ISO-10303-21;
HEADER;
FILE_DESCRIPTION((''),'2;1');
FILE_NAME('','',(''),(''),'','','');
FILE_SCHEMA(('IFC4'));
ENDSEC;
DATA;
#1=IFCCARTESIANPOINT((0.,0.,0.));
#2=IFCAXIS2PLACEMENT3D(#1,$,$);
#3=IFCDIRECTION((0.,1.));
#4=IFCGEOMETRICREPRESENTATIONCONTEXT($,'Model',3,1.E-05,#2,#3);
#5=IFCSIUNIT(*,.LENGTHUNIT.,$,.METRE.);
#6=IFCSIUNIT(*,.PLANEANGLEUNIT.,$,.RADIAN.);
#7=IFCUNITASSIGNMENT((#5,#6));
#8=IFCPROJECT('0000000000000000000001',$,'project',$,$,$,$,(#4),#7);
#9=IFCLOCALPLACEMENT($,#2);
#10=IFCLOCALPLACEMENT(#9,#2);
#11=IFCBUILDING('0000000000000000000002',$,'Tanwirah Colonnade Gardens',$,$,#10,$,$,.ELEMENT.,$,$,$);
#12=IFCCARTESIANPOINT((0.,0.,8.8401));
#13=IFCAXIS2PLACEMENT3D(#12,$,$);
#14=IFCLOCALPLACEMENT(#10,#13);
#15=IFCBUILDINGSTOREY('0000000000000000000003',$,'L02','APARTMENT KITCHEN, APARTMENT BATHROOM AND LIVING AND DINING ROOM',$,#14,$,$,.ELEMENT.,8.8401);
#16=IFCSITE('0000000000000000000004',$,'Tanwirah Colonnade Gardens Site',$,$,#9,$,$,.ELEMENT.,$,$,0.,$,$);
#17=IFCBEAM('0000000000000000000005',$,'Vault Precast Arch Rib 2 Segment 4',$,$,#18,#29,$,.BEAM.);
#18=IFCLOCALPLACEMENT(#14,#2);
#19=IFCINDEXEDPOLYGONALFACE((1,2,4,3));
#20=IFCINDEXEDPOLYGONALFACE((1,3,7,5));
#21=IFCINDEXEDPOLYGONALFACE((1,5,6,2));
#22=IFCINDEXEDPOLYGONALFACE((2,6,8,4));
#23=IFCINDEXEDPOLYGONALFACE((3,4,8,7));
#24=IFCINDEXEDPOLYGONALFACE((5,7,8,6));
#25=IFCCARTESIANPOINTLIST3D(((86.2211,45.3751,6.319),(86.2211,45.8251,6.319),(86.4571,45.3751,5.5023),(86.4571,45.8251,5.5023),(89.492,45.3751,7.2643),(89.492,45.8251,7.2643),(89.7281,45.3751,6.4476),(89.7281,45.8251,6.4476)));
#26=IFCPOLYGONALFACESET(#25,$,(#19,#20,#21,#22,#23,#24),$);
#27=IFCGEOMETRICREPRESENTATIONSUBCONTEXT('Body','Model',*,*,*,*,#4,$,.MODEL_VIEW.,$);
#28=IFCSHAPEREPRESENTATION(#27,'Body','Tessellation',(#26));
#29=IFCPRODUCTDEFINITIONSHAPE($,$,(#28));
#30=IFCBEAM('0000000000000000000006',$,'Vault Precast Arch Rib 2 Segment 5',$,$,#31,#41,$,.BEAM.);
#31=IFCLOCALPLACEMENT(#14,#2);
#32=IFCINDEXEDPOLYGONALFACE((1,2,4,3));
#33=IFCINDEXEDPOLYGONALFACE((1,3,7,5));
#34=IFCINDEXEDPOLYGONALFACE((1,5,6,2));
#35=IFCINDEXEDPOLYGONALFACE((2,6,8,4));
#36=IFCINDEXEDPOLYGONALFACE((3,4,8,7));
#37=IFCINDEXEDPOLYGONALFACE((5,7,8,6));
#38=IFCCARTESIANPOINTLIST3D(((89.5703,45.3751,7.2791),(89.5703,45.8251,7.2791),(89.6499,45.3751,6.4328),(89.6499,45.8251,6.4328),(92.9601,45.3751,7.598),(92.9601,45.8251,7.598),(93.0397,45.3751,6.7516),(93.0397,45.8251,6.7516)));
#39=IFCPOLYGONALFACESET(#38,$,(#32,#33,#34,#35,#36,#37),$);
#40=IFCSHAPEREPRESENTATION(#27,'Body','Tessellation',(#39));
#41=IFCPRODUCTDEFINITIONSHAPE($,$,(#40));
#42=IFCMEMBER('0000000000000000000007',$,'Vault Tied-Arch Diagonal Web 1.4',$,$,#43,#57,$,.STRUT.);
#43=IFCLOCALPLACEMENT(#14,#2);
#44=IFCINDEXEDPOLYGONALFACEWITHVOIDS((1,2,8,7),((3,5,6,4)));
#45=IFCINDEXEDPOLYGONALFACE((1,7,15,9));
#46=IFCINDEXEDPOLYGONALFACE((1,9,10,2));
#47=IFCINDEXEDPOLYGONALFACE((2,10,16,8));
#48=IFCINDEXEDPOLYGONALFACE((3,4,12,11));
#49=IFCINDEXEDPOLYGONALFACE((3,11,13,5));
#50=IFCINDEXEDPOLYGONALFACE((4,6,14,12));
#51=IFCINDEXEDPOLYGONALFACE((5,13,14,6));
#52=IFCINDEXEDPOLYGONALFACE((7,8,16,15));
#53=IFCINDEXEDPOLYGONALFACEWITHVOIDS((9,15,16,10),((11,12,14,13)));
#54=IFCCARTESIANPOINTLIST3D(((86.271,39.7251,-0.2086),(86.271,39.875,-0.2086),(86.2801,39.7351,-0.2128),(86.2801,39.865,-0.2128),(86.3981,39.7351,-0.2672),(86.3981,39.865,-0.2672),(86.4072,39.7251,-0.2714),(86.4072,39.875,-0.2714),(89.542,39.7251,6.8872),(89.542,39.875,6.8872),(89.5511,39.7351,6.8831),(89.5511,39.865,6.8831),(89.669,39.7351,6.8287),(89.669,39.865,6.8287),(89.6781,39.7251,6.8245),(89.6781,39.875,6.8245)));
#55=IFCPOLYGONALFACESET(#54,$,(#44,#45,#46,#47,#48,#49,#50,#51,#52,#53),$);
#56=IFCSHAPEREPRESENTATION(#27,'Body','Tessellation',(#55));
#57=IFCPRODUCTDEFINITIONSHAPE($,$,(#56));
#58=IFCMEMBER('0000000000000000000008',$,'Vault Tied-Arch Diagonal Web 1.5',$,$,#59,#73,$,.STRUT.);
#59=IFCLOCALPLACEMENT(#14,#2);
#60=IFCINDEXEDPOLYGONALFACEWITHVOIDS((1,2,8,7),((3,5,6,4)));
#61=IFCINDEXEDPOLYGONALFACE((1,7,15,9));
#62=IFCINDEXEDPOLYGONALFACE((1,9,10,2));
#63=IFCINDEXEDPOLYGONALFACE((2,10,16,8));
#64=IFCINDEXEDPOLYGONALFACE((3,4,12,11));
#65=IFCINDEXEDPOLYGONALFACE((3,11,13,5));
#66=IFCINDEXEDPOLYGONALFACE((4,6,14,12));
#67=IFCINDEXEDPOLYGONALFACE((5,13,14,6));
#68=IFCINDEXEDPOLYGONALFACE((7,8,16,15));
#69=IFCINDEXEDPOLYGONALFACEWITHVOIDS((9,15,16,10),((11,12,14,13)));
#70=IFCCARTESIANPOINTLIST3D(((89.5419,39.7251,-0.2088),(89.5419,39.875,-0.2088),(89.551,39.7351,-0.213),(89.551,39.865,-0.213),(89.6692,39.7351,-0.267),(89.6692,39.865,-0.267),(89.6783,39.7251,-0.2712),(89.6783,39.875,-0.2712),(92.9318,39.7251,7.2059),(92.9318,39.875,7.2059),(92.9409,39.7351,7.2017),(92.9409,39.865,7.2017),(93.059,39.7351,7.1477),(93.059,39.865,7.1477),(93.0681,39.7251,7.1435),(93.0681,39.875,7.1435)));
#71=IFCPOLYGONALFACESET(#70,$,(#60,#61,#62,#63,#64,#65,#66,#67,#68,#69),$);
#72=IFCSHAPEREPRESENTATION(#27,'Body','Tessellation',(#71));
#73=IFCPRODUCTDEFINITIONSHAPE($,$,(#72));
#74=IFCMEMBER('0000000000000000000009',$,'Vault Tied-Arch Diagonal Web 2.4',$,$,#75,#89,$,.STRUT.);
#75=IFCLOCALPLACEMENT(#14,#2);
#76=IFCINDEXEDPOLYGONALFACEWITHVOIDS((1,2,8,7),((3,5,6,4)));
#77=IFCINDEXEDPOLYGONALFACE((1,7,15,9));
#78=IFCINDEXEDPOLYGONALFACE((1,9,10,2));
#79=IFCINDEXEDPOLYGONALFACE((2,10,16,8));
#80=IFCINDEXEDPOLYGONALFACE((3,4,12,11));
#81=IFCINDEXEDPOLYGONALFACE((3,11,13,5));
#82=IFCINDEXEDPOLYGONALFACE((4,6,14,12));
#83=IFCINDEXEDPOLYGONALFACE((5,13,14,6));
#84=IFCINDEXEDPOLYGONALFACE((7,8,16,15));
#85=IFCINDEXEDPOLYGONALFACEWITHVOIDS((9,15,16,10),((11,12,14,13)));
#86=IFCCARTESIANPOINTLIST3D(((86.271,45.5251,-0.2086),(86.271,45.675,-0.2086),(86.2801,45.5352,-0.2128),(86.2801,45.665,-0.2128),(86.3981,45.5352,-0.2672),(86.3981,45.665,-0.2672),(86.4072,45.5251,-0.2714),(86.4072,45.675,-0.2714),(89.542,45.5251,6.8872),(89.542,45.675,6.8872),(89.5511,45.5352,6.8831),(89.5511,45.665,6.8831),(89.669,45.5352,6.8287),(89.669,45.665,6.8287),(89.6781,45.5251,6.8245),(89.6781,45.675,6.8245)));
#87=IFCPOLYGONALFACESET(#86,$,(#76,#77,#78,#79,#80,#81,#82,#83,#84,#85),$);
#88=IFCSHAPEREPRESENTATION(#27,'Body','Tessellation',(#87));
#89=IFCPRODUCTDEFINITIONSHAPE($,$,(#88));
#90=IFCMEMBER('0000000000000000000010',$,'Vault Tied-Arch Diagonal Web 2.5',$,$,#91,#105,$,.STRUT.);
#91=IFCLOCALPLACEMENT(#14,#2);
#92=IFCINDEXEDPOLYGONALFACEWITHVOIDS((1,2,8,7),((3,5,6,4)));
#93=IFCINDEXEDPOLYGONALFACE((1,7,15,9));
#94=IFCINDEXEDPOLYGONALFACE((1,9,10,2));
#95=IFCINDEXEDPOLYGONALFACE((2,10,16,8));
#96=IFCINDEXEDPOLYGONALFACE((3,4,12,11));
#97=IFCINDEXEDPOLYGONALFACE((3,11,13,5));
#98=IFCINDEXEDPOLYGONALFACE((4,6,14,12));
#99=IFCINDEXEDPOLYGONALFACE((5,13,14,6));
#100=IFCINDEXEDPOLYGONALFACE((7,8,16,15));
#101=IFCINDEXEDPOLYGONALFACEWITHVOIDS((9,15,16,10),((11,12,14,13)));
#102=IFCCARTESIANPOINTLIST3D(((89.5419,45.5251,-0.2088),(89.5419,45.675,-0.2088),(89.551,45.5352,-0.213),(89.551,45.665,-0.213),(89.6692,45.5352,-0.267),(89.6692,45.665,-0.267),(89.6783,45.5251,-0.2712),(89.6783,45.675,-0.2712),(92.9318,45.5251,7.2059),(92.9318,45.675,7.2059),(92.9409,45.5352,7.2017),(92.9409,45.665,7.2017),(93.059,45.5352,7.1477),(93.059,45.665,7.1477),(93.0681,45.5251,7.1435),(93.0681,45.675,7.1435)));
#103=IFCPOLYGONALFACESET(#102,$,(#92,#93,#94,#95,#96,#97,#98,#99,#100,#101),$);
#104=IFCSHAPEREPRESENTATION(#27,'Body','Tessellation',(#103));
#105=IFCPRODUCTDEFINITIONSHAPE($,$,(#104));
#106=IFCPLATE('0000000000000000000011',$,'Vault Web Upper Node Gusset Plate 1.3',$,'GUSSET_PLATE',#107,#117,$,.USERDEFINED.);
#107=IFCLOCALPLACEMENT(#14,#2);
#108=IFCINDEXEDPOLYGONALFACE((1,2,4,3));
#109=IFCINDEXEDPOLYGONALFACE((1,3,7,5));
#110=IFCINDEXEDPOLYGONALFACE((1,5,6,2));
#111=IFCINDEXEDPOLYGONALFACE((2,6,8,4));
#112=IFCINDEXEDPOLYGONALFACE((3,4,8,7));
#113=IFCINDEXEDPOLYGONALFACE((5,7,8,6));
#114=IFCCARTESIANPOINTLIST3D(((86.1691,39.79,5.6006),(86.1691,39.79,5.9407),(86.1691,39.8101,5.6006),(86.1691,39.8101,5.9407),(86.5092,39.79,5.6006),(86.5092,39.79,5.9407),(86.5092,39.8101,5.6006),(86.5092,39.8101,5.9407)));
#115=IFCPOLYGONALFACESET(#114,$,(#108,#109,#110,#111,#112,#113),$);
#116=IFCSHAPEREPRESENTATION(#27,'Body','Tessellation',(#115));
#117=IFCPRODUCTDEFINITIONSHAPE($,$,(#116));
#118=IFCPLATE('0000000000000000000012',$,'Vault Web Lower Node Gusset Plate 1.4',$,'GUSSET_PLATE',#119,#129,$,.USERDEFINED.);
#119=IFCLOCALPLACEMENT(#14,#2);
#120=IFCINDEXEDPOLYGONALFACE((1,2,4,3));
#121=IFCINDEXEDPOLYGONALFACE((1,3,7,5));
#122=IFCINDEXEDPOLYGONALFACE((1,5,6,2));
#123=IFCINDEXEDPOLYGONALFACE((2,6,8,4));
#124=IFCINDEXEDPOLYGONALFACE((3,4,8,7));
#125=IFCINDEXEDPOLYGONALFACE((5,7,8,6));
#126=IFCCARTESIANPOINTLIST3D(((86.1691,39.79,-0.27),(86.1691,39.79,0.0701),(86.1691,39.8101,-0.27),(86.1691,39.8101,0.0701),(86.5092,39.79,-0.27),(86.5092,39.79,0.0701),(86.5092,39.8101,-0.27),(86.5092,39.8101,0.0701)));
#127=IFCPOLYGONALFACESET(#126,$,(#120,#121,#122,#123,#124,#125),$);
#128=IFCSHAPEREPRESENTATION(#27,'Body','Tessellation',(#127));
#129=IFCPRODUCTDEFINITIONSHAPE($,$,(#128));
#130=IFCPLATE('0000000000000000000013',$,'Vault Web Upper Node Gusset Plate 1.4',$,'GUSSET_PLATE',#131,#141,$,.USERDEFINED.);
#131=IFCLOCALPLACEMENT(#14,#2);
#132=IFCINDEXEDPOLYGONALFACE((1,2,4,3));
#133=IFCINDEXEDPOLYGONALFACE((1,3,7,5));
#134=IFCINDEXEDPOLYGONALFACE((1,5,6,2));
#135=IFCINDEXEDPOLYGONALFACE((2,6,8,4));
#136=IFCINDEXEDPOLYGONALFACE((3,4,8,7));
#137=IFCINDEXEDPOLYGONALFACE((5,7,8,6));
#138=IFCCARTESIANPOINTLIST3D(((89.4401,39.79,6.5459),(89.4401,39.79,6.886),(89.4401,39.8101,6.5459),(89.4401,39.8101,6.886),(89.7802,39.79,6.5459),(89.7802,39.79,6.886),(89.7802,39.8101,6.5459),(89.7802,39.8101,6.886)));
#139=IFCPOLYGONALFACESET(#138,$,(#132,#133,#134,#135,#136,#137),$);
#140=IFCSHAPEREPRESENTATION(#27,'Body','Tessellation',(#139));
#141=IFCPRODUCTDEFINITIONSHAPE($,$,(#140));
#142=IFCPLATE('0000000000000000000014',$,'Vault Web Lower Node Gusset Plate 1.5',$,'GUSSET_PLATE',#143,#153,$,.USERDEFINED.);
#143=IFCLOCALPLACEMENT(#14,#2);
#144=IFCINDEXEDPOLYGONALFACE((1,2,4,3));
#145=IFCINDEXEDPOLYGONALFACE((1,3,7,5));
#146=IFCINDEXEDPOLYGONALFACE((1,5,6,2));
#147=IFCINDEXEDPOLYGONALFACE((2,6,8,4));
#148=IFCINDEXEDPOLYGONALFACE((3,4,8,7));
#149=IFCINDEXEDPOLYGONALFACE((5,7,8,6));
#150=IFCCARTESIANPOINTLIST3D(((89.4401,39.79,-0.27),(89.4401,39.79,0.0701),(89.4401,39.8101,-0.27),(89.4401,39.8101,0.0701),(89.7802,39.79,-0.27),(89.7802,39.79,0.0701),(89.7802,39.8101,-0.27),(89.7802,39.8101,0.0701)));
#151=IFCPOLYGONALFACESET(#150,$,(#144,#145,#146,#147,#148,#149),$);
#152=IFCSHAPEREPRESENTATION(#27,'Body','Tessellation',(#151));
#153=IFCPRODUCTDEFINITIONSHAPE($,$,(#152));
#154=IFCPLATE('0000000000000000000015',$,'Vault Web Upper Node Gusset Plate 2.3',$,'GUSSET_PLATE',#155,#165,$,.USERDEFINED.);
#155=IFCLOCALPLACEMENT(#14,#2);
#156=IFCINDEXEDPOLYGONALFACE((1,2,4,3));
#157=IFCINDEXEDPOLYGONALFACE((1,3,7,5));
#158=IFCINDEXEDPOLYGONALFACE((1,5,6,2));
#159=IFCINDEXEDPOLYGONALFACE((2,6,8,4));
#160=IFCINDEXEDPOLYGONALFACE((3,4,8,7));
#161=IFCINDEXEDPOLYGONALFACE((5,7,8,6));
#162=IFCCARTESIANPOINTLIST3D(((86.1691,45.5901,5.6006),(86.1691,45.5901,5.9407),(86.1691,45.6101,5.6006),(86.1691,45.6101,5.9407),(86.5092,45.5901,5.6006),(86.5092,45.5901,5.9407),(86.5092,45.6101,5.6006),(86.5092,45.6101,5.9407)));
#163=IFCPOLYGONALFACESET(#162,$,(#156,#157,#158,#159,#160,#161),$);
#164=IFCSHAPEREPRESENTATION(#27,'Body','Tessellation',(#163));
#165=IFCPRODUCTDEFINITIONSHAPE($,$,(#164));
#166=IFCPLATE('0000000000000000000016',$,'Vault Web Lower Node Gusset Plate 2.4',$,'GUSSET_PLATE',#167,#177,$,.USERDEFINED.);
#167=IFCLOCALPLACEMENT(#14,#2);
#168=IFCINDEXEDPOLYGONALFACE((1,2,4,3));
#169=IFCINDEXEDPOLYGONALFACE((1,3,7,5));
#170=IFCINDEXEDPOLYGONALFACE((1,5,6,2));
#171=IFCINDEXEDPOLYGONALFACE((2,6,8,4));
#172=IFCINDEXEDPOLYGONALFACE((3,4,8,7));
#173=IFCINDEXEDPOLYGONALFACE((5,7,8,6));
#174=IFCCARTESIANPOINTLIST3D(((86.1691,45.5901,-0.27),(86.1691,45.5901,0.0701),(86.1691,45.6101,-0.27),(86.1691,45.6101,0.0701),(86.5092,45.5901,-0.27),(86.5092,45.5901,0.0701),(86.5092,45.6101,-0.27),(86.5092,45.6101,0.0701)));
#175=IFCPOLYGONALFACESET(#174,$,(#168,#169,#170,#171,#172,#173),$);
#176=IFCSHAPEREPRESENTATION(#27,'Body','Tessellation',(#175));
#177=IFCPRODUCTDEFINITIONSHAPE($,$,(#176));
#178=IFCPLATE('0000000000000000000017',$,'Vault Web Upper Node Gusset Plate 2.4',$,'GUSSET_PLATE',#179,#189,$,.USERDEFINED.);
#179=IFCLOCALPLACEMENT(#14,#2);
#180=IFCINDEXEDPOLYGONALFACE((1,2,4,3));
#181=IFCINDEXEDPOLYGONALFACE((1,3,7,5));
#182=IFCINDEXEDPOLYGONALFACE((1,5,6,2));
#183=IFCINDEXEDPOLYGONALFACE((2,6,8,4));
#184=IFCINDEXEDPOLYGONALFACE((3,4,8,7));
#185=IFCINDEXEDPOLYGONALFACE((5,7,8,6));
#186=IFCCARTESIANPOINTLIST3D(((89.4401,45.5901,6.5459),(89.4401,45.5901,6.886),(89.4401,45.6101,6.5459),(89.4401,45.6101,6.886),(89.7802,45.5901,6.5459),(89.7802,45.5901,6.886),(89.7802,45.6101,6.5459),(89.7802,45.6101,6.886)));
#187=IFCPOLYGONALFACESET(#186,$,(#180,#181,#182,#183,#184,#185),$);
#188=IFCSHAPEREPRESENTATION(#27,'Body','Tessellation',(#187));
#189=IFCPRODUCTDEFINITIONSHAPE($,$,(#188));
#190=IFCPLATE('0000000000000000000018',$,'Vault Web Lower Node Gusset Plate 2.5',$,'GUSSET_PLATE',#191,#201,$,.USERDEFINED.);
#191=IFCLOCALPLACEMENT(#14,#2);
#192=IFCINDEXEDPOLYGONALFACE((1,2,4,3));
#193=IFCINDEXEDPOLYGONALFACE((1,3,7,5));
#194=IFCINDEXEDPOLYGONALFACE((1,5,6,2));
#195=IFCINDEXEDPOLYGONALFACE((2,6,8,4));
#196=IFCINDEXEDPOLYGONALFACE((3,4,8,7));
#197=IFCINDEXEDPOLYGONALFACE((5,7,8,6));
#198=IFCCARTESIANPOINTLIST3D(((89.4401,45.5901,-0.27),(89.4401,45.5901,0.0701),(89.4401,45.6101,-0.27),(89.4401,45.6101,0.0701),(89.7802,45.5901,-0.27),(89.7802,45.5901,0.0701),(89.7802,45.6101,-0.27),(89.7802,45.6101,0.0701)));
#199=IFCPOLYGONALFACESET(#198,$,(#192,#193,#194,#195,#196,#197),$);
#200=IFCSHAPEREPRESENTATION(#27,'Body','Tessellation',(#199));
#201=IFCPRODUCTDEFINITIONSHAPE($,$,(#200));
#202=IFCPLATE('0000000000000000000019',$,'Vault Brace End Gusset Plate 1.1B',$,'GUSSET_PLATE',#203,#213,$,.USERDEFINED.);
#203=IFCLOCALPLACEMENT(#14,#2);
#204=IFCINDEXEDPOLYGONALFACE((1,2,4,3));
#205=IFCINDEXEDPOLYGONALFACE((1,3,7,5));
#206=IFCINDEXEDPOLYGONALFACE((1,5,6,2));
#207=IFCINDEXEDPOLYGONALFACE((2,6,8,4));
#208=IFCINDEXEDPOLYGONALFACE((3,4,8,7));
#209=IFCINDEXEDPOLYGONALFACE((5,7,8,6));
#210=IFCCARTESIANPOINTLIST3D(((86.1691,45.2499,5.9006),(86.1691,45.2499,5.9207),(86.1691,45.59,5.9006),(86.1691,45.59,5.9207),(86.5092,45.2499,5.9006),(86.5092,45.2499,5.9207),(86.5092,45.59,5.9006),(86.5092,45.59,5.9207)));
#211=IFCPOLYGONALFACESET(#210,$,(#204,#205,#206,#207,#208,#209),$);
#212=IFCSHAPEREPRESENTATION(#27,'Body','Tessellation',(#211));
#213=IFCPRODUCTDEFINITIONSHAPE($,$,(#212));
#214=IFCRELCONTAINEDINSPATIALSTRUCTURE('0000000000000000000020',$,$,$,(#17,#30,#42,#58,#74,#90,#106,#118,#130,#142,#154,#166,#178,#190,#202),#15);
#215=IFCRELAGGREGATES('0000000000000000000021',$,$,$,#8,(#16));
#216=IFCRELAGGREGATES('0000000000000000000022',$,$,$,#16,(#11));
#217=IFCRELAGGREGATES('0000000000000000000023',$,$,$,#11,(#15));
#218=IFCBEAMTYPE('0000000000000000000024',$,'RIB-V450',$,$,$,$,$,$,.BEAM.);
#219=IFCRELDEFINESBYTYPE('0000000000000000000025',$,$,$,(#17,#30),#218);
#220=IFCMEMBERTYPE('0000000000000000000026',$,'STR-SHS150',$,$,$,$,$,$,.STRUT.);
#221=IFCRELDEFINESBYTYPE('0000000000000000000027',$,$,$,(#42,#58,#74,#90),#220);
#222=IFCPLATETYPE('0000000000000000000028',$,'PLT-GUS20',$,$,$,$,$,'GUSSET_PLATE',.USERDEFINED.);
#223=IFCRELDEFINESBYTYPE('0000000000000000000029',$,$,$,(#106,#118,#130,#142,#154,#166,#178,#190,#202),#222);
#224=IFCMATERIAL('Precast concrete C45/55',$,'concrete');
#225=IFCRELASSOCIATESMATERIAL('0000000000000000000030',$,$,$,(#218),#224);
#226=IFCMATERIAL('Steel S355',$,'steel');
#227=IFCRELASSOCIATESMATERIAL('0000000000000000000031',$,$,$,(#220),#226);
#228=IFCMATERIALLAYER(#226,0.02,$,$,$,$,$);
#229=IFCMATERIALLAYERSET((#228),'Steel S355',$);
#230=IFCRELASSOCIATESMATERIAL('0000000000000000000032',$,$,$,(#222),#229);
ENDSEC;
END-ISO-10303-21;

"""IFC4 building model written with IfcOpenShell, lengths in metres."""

from ifc_helpers import new_model, si_unit, direction, frame, origin, origin_2d, place, context, subcontext, project, spatial, rectangle, hollow_rectangle, extrude, material, layer, layer_set, material_profile, profile_set, type_object, element, save


model = new_model("IFC4")

# Units and contexts
model_context = context("Model", 3, precision=1e-05, world=origin(), true_north=direction((0.0, 1.0)))
body_context = subcontext(model_context, "Body", "Model", "MODEL_VIEW")
ifc_project = project(units=[si_unit("LENGTHUNIT", "METRE"), si_unit("PLANEANGLEUNIT", "RADIAN")], contexts=[model_context])

# Site, building, storey
site_placement = place(None, origin())
site = spatial("IfcSite", under=ifc_project, at=site_placement, Name="Tanwirah Colonnade Gardens Site", CompositionType="ELEMENT", RefElevation=0.0)
building_placement = place(site_placement, origin())
building = spatial("IfcBuilding", under=site, at=building_placement, Name="Tanwirah Colonnade Gardens", CompositionType="ELEMENT")
storey_placement = place(building_placement, frame((0.0, 0.0, 8.8401)))
storey = spatial("IfcBuildingStorey", under=building, at=storey_placement, Name="L02", Description="APARTMENT KITCHEN, APARTMENT BATHROOM AND LIVING AND DINING ROOM", CompositionType="ELEMENT", Elevation=8.8401)

# Shared definitions
ifc_material_1 = material(Name="Steel S355", Category="steel")

# Beams
ifc_material_2 = material(Name="Precast concrete C45/55", Category="concrete")
ifc_material_profile_1 = material_profile(ifc_material_2, rectangle(XDim=0.45, YDim=0.8501, at=origin_2d()), Name="PC-RIB 450x850")
ifc_profile_set_1 = profile_set([ifc_material_profile_1], Name="Precast concrete C45/55")
beam_type = type_object("IfcBeamType", Name="RIB-V450", PredefinedType="BEAM", material=ifc_profile_set_1)
for number, where, z_axis, x_axis, name in (
    (1, (86.3391, 45.6001, 5.9106), (0.960686, 0.0, 0.277637), (0.0, 1.0, 0.0), "Vault Precast Arch Rib 2 Segment 4"),
    (2, (89.6101, 45.6001, 6.856), (0.995606, 0.0, 0.093645), (0.0, 1.0, 0.0), "Vault Precast Arch Rib 2 Segment 5"),
):
    element("IfcBeam", number, at=place(storey_placement, frame(where, z_axis=z_axis, x_axis=x_axis)), inside=storey, type_object=beam_type, Name=name, PredefinedType="BEAM", context=body_context, shape_type="SweptSolid", body=[
        extrude(rectangle(XDim=0.45, YDim=0.8501, at=origin_2d()), origin(), (0.0, 0.0, 1.0), 3.4048),
    ])

# Members
ifc_material_profile_2 = material_profile(ifc_material_1, hollow_rectangle(XDim=0.1499, YDim=0.1499, WallThickness=0.01, at=origin_2d()), Name="SHS 150x150x10")
ifc_profile_set_2 = profile_set([ifc_material_profile_2], Name="Steel S355")
member_type_1 = type_object("IfcMemberType", Name="STR-SHS150", PredefinedType="STRUT", material=ifc_profile_set_2)
member_1_placement = place(storey_placement, frame((86.3391, 39.8, -0.24), z_axis=(0.41863, 0.0, 0.908157), x_axis=(0.0, 1.0, 0.0)))
element("IfcMember", 3, at=member_1_placement, inside=storey, type_object=member_type_1, Name="Vault Tied-Arch Diagonal Web 1.4", PredefinedType="STRUT", context=body_context, shape_type="SweptSolid", body=[
    extrude(hollow_rectangle(XDim=0.1499, YDim=0.1499, WallThickness=0.01, at=origin_2d()), origin(), (0.0, 0.0, 1.0), 7.8135),
])
member_2_placement = place(storey_placement, frame((89.6101, 39.8, -0.24), z_axis=(0.415787, 0.0, 0.909462), x_axis=(0.0, 1.0, 0.0)))
element("IfcMember", 4, at=member_2_placement, inside=storey, type_object=member_type_1, Name="Vault Tied-Arch Diagonal Web 1.5", PredefinedType="STRUT", context=body_context, shape_type="SweptSolid", body=[
    extrude(hollow_rectangle(XDim=0.1499, YDim=0.1499, WallThickness=0.01, at=origin_2d()), origin(), (0.0, 0.0, 1.0), 8.1528),
])
member_3_placement = place(storey_placement, frame((86.3391, 45.6001, -0.24), z_axis=(0.41863, 0.0, 0.908157), x_axis=(0.0, 1.0, 0.0)))
element("IfcMember", 5, at=member_3_placement, inside=storey, type_object=member_type_1, Name="Vault Tied-Arch Diagonal Web 2.4", PredefinedType="STRUT", context=body_context, shape_type="SweptSolid", body=[
    extrude(hollow_rectangle(XDim=0.1499, YDim=0.1499, WallThickness=0.01, at=origin_2d()), origin(), (0.0, 0.0, 1.0), 7.8135),
])
member_4_placement = place(storey_placement, frame((89.6101, 45.6001, -0.24), z_axis=(0.415787, 0.0, 0.909462), x_axis=(0.0, 1.0, 0.0)))
element("IfcMember", 6, at=member_4_placement, inside=storey, type_object=member_type_1, Name="Vault Tied-Arch Diagonal Web 2.5", PredefinedType="STRUT", context=body_context, shape_type="SweptSolid", body=[
    extrude(hollow_rectangle(XDim=0.1499, YDim=0.1499, WallThickness=0.01, at=origin_2d()), origin(), (0.0, 0.0, 1.0), 8.1528),
])

# Plates
ifc_layer_1 = layer(ifc_material_1, 0.02)
ifc_layer_set_1 = layer_set([ifc_layer_1], Name="Steel S355")
plate_type_1 = type_object("IfcPlateType", Name="PLT-GUS20", ElementType="GUSSET_PLATE", PredefinedType="USERDEFINED", material=ifc_layer_set_1)
for number, where, z_axis, x_axis, name in (
    (7, (86.3391, 39.8, 5.6006), (0.0, 0.0, 1.0), (1.0, 0.0, 0.0), "Vault Web Upper Node Gusset Plate 1.3"),
    (8, (86.3391, 39.8, -0.27), (0.0, 0.0, 1.0), (1.0, 0.0, 0.0), "Vault Web Lower Node Gusset Plate 1.4"),
    (9, (89.6101, 39.8, 6.5459), (0.0, 0.0, 1.0), (1.0, 0.0, 0.0), "Vault Web Upper Node Gusset Plate 1.4"),
    (10, (89.6101, 39.8, -0.27), (0.0, 0.0, 1.0), (1.0, 0.0, 0.0), "Vault Web Lower Node Gusset Plate 1.5"),
    (11, (86.3391, 45.6001, 5.6006), (0.0, 0.0, 1.0), (1.0, 0.0, 0.0), "Vault Web Upper Node Gusset Plate 2.3"),
    (12, (86.3391, 45.6001, -0.27), (0.0, 0.0, 1.0), (1.0, 0.0, 0.0), "Vault Web Lower Node Gusset Plate 2.4"),
    (13, (89.6101, 45.6001, 6.5459), (0.0, 0.0, 1.0), (1.0, 0.0, 0.0), "Vault Web Upper Node Gusset Plate 2.4"),
    (14, (89.6101, 45.6001, -0.27), (0.0, 0.0, 1.0), (1.0, 0.0, 0.0), "Vault Web Lower Node Gusset Plate 2.5"),
):
    element("IfcPlate", number, at=place(storey_placement, frame(where, z_axis=z_axis, x_axis=x_axis)), inside=storey, type_object=plate_type_1, Name=name, ObjectType="GUSSET_PLATE", PredefinedType="USERDEFINED", context=body_context, shape_type="SweptSolid", body=[
        extrude(rectangle(XDim=0.3401, YDim=0.02, at=origin_2d()), origin(), (0.0, 0.0, 1.0), 0.3401),
    ])
for number, where, z_axis, x_axis, name in (
    (15, (86.3391, 45.4199, 5.9006), (0.0, 0.0, 1.0), (1.0, 0.0, 0.0), "Vault Brace End Gusset Plate 1.1B"),
):
    element("IfcPlate", number, at=place(storey_placement, frame(where, z_axis=z_axis, x_axis=x_axis)), inside=storey, type_object=plate_type_1, Name=name, ObjectType="GUSSET_PLATE", PredefinedType="USERDEFINED", context=body_context, shape_type="SweptSolid", body=[
        extrude(rectangle(XDim=0.3401, YDim=0.3401, at=origin_2d()), origin(), (0.0, 0.0, 1.0), 0.02),
    ])

save(model, "model.ifc")
